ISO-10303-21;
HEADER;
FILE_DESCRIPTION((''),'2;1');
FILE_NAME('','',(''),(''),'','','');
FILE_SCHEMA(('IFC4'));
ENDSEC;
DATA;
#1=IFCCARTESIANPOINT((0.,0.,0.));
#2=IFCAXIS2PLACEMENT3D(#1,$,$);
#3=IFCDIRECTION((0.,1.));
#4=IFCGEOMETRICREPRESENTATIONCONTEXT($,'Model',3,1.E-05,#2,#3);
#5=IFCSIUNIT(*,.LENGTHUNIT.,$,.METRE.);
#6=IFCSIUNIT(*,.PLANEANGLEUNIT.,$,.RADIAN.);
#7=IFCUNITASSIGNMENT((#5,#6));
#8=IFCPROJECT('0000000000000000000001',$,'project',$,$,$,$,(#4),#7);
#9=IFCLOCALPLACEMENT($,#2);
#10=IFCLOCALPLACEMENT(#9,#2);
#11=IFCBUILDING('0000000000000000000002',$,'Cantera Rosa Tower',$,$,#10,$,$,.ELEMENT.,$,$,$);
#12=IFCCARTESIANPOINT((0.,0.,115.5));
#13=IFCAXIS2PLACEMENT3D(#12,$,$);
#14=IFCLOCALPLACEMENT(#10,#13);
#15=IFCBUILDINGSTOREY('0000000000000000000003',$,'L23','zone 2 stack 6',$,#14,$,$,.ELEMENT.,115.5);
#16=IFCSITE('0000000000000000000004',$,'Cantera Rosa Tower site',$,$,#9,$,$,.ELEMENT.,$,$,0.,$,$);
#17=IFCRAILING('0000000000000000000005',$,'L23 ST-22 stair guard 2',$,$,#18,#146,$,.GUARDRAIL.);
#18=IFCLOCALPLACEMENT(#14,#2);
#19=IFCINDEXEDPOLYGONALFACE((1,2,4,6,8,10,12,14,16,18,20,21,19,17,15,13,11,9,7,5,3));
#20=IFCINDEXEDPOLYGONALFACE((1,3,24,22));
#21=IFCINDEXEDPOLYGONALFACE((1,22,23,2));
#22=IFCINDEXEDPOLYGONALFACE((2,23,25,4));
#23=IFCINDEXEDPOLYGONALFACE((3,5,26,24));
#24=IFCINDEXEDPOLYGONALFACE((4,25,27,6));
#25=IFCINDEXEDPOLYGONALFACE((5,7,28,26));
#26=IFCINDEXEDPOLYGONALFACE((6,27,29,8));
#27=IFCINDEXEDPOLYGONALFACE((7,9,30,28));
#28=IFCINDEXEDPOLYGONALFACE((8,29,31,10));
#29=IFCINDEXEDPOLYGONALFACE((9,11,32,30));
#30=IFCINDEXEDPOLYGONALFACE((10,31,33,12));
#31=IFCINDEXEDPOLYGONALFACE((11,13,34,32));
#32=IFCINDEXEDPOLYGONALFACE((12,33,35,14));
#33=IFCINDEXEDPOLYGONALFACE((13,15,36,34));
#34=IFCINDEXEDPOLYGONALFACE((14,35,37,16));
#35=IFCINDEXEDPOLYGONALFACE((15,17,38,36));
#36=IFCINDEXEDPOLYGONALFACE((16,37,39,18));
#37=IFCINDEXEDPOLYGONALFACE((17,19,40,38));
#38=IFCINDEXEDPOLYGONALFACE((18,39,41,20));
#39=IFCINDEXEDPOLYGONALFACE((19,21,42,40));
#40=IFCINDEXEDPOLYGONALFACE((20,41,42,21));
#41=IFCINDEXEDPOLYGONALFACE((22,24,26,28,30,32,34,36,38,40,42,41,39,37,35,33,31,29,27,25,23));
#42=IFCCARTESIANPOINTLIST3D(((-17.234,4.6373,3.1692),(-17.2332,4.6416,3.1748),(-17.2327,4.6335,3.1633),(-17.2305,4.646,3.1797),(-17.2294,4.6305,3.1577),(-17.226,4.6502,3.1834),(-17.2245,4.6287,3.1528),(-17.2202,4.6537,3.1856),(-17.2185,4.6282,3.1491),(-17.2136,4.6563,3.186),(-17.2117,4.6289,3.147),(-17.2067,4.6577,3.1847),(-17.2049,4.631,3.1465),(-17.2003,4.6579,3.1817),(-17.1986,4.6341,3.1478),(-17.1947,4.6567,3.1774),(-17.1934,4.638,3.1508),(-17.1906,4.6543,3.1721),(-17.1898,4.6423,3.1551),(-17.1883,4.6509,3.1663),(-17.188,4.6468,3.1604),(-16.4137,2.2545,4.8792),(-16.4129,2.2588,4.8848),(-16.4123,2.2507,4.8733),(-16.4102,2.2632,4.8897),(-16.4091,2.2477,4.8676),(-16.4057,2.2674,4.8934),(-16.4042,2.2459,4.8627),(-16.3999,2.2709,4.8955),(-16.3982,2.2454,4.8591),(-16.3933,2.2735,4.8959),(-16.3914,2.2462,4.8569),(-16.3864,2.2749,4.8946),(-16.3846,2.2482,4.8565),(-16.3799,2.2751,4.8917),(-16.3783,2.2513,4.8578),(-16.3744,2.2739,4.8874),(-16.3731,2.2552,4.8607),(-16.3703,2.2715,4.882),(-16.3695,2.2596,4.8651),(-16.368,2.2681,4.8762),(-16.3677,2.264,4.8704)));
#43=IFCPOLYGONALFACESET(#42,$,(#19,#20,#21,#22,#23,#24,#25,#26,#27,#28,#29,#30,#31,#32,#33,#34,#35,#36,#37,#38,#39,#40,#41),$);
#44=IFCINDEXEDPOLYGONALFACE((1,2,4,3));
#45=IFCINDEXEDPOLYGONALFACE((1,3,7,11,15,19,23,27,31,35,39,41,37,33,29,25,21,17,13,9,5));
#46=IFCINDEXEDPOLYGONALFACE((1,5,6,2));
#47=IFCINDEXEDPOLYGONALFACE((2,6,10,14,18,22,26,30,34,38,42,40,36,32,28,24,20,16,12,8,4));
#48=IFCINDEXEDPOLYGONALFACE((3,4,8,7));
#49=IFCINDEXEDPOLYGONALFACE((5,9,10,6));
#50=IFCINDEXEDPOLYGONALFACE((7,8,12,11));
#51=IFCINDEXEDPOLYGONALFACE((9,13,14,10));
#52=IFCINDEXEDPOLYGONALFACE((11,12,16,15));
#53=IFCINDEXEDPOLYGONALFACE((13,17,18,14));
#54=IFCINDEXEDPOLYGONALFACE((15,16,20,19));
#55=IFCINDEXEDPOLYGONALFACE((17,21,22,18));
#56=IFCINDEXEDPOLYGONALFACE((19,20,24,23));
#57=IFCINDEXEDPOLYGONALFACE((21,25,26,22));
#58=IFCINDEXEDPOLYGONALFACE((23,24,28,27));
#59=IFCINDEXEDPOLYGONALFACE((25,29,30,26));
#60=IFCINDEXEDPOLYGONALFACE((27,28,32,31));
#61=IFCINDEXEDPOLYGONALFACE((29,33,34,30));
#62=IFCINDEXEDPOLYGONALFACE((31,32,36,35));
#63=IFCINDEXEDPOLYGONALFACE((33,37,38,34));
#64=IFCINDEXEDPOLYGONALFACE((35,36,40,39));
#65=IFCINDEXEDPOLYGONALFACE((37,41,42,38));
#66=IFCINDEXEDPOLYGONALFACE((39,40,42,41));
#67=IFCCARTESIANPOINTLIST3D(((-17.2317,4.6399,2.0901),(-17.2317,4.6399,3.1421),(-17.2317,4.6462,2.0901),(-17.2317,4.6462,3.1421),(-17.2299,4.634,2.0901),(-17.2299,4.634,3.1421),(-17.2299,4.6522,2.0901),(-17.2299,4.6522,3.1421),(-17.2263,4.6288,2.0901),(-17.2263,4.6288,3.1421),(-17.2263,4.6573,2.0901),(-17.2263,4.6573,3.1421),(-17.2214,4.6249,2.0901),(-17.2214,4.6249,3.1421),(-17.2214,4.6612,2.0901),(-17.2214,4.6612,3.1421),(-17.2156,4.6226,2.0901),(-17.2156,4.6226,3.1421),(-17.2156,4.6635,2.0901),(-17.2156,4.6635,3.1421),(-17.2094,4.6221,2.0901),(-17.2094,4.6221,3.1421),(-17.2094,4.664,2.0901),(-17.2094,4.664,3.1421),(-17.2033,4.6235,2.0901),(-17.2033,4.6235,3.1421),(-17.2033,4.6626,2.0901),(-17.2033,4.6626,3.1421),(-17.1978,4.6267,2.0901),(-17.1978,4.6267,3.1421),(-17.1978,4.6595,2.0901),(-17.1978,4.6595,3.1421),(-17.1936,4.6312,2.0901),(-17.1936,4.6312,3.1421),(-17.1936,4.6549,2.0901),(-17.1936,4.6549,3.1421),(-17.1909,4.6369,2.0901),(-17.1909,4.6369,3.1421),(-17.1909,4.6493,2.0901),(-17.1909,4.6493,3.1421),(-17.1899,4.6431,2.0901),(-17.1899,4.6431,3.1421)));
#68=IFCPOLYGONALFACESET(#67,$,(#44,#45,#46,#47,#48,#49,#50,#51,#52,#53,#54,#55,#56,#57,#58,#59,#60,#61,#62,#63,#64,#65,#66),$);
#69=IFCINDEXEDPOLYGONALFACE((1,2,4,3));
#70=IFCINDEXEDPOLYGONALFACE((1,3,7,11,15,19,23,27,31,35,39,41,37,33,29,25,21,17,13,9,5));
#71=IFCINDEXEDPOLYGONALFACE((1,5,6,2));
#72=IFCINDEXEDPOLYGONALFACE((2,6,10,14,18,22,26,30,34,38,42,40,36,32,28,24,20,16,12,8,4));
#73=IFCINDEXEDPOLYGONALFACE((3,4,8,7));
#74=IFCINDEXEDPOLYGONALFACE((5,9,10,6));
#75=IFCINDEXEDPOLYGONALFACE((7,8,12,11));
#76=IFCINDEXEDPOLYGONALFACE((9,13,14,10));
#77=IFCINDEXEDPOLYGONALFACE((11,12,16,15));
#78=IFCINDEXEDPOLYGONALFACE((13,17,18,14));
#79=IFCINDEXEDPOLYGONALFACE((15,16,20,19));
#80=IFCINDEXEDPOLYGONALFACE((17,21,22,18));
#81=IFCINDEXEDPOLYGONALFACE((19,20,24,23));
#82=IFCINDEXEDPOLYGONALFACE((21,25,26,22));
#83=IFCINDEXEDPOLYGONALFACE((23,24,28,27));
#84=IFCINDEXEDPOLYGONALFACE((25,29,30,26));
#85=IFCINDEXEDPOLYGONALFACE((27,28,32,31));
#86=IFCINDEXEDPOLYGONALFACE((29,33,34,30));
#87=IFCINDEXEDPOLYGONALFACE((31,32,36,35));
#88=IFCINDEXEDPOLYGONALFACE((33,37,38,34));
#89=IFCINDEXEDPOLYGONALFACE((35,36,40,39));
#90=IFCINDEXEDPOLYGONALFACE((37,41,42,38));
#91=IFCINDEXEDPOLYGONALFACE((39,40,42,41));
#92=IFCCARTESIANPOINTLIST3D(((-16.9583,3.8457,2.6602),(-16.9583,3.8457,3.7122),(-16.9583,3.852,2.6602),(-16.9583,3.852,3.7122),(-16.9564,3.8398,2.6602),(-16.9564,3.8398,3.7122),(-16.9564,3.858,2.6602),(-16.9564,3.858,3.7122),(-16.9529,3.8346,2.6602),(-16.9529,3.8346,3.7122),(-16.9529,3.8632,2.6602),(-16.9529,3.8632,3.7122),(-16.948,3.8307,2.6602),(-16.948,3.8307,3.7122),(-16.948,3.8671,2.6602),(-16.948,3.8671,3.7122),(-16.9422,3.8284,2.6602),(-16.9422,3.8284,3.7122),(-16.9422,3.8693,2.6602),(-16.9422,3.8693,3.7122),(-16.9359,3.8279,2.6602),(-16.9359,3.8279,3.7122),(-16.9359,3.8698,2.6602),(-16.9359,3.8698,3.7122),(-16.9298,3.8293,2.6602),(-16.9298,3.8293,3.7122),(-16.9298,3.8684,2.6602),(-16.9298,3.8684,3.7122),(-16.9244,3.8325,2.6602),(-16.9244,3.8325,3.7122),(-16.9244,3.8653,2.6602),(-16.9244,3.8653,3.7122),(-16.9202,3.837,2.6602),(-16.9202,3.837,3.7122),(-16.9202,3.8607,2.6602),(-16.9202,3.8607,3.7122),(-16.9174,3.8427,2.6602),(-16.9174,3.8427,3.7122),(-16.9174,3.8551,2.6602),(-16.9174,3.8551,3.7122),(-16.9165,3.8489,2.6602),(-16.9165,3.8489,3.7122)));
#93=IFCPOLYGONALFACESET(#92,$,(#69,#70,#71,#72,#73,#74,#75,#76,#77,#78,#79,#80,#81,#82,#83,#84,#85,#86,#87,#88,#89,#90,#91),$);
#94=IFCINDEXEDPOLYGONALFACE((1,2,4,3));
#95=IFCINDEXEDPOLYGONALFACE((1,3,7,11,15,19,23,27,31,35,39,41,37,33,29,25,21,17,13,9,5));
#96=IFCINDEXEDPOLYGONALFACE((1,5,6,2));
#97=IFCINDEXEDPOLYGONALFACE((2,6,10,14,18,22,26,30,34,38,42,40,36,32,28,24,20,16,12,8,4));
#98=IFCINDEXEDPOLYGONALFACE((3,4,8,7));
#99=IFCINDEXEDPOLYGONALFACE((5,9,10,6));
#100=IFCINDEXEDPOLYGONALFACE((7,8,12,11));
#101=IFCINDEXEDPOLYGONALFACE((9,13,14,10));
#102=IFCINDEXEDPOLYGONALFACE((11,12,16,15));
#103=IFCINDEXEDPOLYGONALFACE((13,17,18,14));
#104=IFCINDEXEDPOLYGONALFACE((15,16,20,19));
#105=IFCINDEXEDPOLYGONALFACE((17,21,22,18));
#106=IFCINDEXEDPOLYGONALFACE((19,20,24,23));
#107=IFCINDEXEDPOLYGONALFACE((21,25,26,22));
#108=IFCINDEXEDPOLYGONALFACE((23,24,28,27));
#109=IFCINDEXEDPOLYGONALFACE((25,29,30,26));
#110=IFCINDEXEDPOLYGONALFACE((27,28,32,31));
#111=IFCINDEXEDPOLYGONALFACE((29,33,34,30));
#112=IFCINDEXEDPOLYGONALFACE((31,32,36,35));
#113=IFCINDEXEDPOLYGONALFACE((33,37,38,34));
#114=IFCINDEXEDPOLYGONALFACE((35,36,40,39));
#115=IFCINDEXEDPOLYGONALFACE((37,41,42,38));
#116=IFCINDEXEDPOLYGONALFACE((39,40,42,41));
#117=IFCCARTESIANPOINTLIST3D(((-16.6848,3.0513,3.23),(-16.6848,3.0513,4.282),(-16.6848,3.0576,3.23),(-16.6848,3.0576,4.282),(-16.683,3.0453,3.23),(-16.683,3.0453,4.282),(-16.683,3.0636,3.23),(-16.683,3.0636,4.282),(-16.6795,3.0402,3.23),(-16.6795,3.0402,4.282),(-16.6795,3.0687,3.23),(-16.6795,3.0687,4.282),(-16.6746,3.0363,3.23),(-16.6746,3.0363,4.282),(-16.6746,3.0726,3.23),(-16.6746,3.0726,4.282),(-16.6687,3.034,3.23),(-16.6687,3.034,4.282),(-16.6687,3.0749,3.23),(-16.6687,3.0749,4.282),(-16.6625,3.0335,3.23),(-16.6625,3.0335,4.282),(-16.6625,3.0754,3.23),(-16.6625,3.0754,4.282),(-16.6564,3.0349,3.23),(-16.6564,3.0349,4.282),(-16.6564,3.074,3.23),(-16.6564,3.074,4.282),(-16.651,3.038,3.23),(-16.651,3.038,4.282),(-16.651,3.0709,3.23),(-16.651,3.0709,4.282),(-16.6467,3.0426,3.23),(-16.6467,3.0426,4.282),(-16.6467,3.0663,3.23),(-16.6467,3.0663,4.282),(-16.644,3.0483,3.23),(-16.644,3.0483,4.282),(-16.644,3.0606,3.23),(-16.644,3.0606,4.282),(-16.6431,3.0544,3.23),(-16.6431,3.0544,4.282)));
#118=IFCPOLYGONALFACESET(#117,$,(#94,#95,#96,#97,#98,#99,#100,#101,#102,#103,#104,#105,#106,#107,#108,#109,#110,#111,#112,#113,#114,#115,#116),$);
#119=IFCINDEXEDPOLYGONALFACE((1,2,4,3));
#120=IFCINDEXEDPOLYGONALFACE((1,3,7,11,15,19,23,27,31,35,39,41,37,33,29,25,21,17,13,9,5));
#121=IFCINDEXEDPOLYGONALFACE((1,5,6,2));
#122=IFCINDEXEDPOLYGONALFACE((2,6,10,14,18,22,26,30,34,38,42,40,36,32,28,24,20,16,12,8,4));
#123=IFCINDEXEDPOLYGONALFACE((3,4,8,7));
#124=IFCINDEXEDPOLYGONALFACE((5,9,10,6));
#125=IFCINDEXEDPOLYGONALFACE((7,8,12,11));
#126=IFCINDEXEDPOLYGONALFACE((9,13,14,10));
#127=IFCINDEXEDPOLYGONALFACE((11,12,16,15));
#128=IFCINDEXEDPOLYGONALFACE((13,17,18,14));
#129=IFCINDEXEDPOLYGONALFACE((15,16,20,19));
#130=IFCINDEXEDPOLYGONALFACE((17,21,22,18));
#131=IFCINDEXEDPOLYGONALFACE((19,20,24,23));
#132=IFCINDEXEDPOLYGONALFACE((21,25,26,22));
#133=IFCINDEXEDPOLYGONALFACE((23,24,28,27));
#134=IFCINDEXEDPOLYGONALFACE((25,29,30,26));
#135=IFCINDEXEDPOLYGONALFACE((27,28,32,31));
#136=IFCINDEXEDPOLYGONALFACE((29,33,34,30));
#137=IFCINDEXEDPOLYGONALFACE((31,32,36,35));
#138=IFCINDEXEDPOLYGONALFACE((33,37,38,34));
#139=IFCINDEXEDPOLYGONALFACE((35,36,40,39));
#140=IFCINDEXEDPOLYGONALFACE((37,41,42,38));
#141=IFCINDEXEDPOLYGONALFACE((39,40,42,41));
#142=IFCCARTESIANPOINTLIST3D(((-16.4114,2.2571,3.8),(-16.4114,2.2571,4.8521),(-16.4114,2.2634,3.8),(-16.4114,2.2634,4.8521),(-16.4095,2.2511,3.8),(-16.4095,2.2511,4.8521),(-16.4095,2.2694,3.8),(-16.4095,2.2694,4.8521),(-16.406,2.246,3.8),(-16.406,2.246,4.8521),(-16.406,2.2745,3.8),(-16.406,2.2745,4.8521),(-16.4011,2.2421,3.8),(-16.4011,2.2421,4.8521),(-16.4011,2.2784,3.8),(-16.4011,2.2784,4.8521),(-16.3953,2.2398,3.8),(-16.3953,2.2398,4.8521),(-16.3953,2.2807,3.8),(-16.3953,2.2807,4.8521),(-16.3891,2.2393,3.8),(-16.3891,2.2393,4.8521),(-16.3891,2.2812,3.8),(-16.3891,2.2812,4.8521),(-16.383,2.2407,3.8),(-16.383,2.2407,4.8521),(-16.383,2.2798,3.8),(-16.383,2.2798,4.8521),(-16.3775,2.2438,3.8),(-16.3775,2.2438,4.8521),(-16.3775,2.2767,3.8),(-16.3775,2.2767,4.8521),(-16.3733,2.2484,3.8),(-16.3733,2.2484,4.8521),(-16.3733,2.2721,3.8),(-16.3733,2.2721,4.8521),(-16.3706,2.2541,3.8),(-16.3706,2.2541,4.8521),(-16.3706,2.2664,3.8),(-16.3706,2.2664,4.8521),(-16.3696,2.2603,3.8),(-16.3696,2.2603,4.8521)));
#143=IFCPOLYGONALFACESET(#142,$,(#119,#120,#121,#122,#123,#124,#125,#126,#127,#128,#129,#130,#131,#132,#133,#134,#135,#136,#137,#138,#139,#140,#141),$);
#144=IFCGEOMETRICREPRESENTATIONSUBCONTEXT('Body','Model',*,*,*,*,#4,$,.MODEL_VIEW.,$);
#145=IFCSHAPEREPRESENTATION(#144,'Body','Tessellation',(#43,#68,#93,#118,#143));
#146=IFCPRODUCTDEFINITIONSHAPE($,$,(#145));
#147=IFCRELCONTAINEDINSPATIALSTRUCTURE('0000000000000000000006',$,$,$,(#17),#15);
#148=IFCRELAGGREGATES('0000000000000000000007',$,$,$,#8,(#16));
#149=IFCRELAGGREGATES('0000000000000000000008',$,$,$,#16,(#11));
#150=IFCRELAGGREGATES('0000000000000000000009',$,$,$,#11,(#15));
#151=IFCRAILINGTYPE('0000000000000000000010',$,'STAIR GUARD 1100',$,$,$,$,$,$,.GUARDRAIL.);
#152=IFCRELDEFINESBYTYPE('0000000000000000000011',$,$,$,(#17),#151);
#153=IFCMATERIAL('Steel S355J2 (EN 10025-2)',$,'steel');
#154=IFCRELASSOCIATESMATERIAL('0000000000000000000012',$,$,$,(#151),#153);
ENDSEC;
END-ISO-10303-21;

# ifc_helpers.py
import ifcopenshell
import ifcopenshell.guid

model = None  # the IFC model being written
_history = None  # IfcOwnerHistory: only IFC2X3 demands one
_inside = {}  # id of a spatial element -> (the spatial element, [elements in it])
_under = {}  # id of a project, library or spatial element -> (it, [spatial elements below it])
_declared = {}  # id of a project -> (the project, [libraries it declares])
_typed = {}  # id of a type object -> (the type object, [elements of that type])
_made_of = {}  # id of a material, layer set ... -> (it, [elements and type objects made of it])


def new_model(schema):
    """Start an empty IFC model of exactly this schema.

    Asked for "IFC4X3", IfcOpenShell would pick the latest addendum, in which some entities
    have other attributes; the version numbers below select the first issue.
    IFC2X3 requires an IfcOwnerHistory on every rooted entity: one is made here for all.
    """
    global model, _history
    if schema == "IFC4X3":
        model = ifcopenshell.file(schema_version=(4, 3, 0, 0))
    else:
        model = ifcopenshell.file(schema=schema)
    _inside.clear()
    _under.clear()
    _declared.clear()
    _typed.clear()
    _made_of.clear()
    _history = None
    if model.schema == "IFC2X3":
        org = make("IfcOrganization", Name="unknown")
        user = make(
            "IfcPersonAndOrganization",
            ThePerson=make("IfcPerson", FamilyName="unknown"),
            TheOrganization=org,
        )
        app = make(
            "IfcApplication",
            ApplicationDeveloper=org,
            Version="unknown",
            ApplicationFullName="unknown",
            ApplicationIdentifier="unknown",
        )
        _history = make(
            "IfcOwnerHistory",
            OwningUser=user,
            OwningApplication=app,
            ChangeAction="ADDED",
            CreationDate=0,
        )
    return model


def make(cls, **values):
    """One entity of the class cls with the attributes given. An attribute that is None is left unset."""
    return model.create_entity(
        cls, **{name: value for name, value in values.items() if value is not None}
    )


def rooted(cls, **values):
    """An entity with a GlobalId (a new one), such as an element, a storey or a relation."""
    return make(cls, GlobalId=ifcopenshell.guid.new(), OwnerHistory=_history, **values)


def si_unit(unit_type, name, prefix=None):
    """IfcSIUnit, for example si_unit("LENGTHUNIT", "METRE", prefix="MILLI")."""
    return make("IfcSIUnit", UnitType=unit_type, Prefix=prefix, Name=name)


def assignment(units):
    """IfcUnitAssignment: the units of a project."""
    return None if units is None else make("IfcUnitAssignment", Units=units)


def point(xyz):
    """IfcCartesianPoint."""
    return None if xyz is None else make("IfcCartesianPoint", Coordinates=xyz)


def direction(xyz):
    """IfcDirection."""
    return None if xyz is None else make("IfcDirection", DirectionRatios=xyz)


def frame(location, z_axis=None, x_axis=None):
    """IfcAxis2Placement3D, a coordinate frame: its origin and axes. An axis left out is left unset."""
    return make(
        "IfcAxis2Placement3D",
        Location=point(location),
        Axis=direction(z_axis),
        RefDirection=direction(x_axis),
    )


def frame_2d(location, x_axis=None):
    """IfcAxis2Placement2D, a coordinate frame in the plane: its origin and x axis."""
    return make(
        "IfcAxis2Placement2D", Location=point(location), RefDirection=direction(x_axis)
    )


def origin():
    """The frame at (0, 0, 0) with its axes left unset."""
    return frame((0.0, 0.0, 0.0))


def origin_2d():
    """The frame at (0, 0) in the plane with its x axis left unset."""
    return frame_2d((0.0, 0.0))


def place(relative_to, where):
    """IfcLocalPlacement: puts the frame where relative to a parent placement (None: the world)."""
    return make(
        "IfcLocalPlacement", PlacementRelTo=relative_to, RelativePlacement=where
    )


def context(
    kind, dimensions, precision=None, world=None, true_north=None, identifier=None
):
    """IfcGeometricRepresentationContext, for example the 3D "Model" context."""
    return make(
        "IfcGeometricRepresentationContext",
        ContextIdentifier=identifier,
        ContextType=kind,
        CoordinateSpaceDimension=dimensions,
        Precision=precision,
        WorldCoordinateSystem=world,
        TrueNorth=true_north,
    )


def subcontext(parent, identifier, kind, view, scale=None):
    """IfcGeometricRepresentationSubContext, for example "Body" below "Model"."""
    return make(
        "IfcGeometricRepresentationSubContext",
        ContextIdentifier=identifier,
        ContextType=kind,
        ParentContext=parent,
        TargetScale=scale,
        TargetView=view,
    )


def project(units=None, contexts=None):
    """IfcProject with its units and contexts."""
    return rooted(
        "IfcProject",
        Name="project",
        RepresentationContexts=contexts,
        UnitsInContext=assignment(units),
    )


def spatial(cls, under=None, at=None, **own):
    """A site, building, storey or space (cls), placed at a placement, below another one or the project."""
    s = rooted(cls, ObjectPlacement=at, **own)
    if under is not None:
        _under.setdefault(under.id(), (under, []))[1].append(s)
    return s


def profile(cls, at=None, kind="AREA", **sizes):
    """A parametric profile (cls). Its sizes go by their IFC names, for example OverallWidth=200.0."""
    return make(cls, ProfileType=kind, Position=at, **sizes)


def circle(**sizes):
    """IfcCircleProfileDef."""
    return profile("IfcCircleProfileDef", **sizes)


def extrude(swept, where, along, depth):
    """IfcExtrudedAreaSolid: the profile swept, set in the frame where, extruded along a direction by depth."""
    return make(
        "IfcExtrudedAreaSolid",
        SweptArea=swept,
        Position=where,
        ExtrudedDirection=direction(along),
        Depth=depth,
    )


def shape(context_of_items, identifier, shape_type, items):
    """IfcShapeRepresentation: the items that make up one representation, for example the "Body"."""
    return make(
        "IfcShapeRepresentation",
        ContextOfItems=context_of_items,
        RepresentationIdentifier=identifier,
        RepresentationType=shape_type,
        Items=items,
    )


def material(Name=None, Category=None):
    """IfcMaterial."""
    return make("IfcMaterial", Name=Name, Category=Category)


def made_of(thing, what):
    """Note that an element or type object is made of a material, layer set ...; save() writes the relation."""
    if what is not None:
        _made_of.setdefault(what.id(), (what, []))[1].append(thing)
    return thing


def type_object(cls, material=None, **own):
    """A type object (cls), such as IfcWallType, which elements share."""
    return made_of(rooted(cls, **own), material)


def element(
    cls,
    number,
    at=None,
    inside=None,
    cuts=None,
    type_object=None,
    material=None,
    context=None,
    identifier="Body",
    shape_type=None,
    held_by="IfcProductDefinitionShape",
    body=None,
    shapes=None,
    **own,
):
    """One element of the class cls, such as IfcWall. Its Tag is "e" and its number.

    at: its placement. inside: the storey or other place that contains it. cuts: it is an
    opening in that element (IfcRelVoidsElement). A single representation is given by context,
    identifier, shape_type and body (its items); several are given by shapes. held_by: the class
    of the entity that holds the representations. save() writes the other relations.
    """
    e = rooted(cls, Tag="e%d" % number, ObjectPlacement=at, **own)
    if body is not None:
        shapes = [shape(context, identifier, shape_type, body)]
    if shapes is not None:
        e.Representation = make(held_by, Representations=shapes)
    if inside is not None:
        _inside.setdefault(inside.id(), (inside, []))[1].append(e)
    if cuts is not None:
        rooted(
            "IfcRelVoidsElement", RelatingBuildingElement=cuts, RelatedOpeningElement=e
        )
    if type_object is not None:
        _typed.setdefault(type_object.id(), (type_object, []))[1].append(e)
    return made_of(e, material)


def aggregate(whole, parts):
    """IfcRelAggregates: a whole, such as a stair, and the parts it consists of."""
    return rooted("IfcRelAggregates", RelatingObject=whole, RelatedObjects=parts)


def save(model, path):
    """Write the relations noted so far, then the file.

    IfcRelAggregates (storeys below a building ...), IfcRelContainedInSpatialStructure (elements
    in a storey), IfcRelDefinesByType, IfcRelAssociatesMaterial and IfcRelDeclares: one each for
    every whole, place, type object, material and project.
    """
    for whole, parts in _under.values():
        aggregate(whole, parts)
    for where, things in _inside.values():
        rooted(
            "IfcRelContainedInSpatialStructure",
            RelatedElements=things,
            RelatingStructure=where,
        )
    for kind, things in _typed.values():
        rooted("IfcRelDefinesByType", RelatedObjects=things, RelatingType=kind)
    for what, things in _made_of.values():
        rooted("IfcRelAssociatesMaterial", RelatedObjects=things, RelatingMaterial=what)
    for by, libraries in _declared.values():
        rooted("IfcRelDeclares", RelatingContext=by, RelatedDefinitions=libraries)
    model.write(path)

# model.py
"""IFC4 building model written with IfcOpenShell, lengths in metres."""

from ifc_helpers import new_model, si_unit, direction, frame, origin, origin_2d, place, context, subcontext, project, spatial, circle, extrude, material, type_object, element, save


model = new_model("IFC4")

# Units and contexts
model_context = context("Model", 3, precision=1e-05, world=origin(), true_north=direction((0.0, 1.0)))
body_context = subcontext(model_context, "Body", "Model", "MODEL_VIEW")
ifc_project = project(units=[si_unit("LENGTHUNIT", "METRE"), si_unit("PLANEANGLEUNIT", "RADIAN")], contexts=[model_context])

# Site, building, storey
site_placement = place(None, origin())
site = spatial("IfcSite", under=ifc_project, at=site_placement, Name="Cantera Rosa Tower site", CompositionType="ELEMENT", RefElevation=0.0)
building_placement = place(site_placement, origin())
building = spatial("IfcBuilding", under=site, at=building_placement, Name="Cantera Rosa Tower", CompositionType="ELEMENT")
storey_placement = place(building_placement, frame((0.0, 0.0, 115.5)))
storey = spatial("IfcBuildingStorey", under=building, at=storey_placement, Name="L23", Description="zone 2 stack 6", CompositionType="ELEMENT", Elevation=115.5)

# Railing
ifc_material_1 = material(Name="Steel S355J2 (EN 10025-2)", Category="steel")
railing_type_1 = type_object("IfcRailingType", Name="STAIR GUARD 1100", PredefinedType="GUARDRAIL", material=ifc_material_1)
railing_1_placement = place(storey_placement, frame((-17.2109, 4.6431, 2.0901)))
element("IfcRailing", 1, at=railing_1_placement, inside=storey, type_object=railing_type_1, Name="L23 ST-22 stair guard 2", PredefinedType="GUARDRAIL", context=body_context, shape_type="SweptSolid", body=[
    extrude(circle(Radius=0.0239, at=origin_2d()), frame((0.0, 0.0, 1.0762), z_axis=(0.269358, -0.782421, 0.561483), x_axis=(0.945538, 0.325513, 0.0)), (0.0, 0.0, 1.0), 3.0454),
    extrude(circle(Radius=0.021, at=origin_2d()), origin(), (0.0, 0.0, 1.0), 1.052),
    extrude(circle(Radius=0.021, at=origin_2d()), frame((0.2734, -0.7942, 0.5701)), (0.0, 0.0, 1.0), 1.052),
    extrude(circle(Radius=0.021, at=origin_2d()), frame((0.5469, -1.5886, 1.1399)), (0.0, 0.0, 1.0), 1.052),
    extrude(circle(Radius=0.021, at=origin_2d()), frame((0.8203, -2.3828, 1.71)), (0.0, 0.0, 1.0), 1.052),
])

save(model, "model.ifc")
